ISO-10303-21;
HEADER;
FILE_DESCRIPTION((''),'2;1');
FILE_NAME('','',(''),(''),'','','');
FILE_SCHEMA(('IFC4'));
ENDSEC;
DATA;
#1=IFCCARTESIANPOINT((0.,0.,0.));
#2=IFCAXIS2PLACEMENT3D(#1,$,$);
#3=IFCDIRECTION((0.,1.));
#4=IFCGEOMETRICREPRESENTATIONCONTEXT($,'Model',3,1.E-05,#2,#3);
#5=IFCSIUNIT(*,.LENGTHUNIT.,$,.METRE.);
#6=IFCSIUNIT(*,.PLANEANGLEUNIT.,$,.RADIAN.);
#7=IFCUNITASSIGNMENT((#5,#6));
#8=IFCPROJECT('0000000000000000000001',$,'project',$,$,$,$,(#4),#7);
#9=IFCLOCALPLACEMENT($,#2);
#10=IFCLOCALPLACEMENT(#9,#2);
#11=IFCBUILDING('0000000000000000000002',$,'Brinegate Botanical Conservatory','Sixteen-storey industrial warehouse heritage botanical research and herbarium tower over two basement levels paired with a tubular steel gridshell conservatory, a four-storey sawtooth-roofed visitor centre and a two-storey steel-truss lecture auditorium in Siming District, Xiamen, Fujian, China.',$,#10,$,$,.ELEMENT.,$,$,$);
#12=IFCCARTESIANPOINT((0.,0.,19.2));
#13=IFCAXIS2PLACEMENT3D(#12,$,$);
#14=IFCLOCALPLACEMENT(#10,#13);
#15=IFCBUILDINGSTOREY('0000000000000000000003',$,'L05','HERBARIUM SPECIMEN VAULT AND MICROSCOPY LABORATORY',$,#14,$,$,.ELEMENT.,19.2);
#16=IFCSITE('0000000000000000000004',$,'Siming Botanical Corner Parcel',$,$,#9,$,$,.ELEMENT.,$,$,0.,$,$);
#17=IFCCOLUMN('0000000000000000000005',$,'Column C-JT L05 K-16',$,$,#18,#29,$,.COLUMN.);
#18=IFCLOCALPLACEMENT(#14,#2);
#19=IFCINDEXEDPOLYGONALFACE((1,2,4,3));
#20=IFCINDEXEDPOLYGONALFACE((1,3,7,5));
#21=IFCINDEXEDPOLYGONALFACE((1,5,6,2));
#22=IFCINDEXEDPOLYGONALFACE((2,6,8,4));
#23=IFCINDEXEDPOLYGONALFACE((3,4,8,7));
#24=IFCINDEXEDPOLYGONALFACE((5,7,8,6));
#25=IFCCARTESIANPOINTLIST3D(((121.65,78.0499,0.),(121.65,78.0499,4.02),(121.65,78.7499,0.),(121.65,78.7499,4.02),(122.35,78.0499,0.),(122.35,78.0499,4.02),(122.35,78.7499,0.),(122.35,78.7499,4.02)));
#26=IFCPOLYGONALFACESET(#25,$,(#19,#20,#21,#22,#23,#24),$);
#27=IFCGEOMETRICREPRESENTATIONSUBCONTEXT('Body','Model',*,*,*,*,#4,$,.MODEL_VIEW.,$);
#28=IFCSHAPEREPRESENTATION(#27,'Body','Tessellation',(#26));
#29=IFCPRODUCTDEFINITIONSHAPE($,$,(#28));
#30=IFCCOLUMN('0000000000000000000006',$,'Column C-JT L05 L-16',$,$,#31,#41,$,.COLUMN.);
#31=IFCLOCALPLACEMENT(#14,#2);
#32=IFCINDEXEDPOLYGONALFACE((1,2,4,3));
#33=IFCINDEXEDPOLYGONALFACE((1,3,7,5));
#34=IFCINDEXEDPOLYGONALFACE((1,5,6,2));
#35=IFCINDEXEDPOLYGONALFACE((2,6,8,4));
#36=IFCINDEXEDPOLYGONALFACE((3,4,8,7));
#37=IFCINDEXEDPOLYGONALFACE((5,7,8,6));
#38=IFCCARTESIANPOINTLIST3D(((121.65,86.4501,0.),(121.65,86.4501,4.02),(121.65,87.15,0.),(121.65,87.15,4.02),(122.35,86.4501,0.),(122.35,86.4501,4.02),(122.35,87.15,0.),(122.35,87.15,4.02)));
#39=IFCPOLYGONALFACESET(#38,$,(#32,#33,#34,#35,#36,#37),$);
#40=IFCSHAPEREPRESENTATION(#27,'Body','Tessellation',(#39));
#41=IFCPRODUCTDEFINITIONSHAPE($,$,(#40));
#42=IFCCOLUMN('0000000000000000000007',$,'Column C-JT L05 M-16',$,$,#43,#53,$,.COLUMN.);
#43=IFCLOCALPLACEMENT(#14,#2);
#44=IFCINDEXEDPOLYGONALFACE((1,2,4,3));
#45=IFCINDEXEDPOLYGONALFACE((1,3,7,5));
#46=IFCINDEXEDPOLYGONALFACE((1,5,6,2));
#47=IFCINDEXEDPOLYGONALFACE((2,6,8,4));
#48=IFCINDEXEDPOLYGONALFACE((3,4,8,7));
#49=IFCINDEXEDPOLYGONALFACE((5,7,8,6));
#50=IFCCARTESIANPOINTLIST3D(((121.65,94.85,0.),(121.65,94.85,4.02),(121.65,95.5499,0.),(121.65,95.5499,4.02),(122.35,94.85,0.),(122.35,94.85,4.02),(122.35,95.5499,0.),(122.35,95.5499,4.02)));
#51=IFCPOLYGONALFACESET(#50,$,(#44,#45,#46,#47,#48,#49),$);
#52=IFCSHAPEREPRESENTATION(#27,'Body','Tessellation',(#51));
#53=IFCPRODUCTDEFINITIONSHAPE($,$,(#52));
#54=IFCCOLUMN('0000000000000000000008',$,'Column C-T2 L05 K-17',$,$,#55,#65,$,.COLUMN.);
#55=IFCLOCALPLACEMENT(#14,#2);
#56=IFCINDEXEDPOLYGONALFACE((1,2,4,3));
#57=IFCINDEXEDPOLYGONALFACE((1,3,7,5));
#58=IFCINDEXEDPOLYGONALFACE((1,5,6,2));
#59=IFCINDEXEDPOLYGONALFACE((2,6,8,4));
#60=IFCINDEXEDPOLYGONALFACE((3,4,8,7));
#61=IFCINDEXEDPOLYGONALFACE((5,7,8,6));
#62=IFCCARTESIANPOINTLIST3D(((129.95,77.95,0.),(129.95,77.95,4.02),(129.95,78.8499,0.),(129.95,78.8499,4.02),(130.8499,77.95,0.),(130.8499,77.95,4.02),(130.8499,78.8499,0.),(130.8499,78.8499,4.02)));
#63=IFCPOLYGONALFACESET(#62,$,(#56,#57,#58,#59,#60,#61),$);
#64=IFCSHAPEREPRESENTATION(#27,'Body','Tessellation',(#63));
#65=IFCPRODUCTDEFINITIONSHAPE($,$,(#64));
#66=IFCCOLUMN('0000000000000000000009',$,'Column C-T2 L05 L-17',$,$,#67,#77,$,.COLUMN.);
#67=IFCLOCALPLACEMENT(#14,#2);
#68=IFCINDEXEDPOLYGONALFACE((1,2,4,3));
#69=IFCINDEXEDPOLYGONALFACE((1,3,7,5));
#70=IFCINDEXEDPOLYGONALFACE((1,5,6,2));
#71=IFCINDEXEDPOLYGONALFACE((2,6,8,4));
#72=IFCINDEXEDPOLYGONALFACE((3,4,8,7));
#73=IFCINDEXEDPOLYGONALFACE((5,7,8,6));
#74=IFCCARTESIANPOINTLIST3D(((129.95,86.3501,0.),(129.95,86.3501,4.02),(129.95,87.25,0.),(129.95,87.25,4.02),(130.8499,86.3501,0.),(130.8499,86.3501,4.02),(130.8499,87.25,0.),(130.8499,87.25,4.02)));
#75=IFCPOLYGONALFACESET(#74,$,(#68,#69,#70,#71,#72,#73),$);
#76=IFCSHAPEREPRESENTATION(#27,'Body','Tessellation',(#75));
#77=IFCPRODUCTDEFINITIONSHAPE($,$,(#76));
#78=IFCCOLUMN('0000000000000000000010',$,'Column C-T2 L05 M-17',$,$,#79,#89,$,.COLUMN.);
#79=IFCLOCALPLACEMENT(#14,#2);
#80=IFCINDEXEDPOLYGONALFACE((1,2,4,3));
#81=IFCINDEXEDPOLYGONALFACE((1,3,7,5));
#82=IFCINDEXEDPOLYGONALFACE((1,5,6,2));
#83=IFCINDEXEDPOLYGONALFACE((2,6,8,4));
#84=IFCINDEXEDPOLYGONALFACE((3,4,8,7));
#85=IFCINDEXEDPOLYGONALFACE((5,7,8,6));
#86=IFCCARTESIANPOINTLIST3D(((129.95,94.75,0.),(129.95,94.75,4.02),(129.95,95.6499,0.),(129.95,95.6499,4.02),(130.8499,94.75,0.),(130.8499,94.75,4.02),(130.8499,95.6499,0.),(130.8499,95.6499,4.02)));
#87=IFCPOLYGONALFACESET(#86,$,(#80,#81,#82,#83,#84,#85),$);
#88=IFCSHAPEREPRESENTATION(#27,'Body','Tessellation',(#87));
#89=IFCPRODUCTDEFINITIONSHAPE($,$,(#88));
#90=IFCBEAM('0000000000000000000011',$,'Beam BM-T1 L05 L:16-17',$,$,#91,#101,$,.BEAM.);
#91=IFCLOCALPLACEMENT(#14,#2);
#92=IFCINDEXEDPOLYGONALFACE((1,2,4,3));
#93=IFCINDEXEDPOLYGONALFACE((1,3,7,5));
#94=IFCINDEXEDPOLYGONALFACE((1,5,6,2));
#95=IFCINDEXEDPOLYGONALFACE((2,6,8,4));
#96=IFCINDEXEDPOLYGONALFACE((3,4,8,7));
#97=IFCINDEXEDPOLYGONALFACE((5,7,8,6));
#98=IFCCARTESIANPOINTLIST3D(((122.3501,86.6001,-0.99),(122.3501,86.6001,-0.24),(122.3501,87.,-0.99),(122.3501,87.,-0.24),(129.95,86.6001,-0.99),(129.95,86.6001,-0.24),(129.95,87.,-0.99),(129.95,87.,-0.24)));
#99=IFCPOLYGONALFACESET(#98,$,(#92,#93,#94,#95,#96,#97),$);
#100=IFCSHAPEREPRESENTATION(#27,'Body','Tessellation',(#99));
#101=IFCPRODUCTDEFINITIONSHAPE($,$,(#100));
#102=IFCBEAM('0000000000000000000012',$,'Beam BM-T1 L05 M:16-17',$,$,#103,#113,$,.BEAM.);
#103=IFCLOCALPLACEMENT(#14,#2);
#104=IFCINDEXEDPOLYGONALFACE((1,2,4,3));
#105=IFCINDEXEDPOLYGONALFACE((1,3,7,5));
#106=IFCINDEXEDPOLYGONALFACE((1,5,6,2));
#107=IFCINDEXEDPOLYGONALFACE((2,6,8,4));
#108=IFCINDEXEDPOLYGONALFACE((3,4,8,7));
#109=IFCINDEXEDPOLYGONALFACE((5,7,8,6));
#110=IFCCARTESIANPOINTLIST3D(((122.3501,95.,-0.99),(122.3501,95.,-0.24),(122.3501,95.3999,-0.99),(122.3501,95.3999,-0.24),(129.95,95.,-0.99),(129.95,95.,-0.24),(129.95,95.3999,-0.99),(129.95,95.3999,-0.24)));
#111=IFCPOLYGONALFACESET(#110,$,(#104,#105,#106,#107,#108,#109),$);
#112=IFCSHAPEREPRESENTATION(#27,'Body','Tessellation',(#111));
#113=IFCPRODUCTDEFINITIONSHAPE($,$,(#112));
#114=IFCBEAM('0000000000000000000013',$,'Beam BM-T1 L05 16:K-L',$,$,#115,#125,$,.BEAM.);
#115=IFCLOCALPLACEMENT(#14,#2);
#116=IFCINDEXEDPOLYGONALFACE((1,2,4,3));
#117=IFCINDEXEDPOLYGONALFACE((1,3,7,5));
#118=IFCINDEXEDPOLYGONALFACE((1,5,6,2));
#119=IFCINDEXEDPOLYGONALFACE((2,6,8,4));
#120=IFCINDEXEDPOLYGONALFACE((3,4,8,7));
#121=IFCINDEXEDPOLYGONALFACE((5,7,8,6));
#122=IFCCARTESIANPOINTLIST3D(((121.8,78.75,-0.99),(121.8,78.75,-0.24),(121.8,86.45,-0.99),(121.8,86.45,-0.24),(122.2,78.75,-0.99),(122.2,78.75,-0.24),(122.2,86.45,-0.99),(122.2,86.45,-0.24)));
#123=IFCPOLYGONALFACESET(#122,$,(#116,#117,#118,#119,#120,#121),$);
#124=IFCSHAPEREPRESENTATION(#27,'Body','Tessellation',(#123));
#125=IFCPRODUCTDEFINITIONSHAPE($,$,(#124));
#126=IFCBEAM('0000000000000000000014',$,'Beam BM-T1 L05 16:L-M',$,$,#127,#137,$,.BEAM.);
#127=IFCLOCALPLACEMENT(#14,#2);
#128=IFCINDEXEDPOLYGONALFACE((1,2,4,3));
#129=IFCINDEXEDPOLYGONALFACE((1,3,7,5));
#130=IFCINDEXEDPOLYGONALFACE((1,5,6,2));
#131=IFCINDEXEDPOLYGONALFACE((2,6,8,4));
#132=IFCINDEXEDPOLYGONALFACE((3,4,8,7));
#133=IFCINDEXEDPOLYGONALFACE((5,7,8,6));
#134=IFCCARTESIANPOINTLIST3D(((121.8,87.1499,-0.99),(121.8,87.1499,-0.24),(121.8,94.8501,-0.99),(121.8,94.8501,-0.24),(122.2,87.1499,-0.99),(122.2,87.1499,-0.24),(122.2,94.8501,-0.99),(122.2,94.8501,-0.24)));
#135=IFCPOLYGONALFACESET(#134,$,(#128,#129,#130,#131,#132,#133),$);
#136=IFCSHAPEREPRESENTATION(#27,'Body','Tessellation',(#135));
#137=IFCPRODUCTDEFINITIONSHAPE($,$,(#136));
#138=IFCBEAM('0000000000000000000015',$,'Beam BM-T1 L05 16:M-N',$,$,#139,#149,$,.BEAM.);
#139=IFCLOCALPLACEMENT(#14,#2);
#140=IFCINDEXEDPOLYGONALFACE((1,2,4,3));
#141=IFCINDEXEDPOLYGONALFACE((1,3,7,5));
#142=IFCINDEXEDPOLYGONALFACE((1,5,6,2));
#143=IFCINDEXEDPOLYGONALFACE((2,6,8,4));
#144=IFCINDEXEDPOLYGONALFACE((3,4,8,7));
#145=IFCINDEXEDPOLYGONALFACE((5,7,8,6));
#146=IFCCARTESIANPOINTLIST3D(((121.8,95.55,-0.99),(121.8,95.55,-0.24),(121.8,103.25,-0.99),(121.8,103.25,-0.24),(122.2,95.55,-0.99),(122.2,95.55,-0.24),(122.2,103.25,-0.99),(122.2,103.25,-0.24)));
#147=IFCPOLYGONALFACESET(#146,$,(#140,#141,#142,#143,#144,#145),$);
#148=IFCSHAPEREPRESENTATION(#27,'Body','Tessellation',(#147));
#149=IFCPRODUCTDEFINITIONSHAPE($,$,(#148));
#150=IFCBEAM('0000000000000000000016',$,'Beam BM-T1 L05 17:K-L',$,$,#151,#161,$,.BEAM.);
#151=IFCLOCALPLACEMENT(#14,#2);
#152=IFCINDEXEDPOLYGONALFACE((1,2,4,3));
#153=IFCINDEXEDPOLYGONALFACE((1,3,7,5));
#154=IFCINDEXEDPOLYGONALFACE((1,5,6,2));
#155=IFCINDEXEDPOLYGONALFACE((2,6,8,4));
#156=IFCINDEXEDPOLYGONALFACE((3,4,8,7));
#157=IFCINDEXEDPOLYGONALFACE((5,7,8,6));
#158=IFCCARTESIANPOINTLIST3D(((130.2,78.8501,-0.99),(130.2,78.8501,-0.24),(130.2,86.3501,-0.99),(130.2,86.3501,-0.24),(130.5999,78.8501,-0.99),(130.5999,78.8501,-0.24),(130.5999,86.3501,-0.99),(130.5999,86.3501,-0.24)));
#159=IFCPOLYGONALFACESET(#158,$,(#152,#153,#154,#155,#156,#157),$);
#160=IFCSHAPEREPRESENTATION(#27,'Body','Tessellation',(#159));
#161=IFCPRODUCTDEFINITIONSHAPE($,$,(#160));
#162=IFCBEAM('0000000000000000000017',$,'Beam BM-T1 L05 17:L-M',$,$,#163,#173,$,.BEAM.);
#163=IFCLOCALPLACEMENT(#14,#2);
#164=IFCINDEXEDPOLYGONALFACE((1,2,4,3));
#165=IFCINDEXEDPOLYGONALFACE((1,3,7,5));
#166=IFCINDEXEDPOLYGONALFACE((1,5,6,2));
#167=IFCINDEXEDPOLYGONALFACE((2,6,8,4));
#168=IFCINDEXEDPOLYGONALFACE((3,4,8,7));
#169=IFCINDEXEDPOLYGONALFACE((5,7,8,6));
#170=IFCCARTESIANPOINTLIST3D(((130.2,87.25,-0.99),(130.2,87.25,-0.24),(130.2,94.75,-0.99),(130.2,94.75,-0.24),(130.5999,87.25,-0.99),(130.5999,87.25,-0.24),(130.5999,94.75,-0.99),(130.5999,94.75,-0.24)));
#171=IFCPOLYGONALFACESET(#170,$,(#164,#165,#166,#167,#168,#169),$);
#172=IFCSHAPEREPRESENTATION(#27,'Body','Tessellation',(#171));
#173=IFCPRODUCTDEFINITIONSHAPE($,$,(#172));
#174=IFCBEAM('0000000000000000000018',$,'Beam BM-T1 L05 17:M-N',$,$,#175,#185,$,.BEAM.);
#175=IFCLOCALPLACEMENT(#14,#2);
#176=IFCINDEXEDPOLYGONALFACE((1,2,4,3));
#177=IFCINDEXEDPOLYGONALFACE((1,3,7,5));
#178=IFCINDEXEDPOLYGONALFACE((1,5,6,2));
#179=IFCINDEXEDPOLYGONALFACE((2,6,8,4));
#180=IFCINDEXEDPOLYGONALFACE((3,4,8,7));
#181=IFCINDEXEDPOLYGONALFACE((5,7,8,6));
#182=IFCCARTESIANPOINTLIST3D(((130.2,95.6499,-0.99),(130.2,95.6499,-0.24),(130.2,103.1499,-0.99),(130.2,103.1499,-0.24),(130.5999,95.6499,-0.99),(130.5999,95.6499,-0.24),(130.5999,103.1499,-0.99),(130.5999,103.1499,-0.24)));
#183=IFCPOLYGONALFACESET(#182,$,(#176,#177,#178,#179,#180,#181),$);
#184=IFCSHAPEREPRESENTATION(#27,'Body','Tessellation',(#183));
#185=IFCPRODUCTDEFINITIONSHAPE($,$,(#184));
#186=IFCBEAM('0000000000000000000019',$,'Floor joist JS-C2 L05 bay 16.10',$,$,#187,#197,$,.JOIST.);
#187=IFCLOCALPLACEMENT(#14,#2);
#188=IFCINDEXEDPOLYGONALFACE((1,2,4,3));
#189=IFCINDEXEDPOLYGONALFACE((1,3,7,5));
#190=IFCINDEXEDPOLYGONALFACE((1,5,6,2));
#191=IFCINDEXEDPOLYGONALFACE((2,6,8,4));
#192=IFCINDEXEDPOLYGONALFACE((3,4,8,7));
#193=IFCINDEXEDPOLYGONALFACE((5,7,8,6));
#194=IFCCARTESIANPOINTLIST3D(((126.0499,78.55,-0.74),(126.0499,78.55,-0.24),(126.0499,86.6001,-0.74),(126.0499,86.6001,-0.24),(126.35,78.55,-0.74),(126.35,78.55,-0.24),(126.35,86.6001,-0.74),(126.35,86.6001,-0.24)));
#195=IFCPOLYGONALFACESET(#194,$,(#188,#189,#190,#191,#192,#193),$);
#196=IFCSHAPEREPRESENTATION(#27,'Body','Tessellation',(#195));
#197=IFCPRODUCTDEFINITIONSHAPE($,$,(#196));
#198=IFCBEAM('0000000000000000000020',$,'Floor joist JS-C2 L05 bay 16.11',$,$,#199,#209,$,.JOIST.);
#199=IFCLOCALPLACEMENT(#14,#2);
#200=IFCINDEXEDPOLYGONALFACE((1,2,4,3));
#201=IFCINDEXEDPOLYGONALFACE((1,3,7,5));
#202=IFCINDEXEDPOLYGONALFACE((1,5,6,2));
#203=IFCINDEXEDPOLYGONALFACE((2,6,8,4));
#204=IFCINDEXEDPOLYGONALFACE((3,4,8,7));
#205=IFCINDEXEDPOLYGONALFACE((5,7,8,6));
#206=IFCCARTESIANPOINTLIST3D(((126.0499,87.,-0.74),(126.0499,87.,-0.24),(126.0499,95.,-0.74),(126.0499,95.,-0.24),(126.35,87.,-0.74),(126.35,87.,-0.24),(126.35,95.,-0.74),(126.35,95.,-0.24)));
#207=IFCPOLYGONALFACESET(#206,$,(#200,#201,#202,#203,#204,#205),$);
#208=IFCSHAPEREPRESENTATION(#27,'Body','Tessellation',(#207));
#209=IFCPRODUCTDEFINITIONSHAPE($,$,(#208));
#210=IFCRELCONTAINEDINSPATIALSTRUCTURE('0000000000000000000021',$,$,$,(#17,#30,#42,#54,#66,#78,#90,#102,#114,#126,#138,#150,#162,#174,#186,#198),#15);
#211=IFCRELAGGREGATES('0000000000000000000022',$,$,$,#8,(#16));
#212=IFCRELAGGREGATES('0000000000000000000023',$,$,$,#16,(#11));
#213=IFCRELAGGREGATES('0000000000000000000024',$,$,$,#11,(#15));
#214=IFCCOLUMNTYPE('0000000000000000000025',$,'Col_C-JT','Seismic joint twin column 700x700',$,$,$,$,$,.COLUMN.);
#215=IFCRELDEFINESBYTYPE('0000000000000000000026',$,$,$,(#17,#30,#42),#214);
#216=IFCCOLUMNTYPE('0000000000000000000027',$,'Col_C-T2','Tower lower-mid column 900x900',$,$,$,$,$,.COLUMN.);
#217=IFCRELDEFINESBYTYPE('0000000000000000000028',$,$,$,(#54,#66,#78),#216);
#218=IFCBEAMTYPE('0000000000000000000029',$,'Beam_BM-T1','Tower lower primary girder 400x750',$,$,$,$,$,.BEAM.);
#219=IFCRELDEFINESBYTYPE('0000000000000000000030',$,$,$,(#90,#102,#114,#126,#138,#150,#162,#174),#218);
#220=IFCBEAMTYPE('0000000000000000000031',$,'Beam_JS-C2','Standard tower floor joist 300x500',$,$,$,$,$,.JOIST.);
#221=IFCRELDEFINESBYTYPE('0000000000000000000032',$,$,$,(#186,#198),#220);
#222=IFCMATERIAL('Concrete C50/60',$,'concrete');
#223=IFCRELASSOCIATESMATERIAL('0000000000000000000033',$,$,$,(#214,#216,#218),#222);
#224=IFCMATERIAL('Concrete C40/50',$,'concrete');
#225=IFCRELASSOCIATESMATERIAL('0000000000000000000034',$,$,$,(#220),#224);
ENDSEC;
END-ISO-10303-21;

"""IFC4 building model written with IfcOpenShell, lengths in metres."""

from ifc_helpers import new_model, si_unit, direction, frame, origin, origin_2d, place, context, subcontext, project, spatial, rectangle, extrude, material, material_profile, profile_set, type_object, element, save


model = new_model("IFC4")

# Units and contexts
model_context = context("Model", 3, precision=1e-05, world=origin(), true_north=direction((0.0, 1.0)))
body_context = subcontext(model_context, "Body", "Model", "MODEL_VIEW")
ifc_project = project(units=[si_unit("LENGTHUNIT", "METRE"), si_unit("PLANEANGLEUNIT", "RADIAN")], contexts=[model_context])

# Site, building, storey
site_placement = place(None, origin())
site = spatial("IfcSite", under=ifc_project, at=site_placement, Name="Siming Botanical Corner Parcel", CompositionType="ELEMENT", RefElevation=0.0)
building_placement = place(site_placement, origin())
building = spatial("IfcBuilding", under=site, at=building_placement, Name="Brinegate Botanical Conservatory", Description="Sixteen-storey industrial warehouse heritage botanical research and herbarium tower over two basement levels paired with a tubular steel gridshell conservatory, a four-storey sawtooth-roofed visitor centre and a two-storey steel-truss lecture auditorium in Siming District, Xiamen, Fujian, China.", CompositionType="ELEMENT")
storey_placement = place(building_placement, frame((0.0, 0.0, 19.2)))
storey = spatial("IfcBuildingStorey", under=building, at=storey_placement, Name="L05", Description="HERBARIUM SPECIMEN VAULT AND MICROSCOPY LABORATORY", CompositionType="ELEMENT", Elevation=19.2)

# Columns
ifc_material_1 = material(Name="Concrete C50/60", Category="concrete")
ifc_material_profile_1 = material_profile(ifc_material_1, rectangle(XDim=0.7, YDim=0.7, at=origin_2d()), Name="RC COL 700x700")
ifc_profile_set_1 = profile_set([ifc_material_profile_1], Name="Concrete C50/60")
column_type_1 = type_object("IfcColumnType", Name="Col_C-JT", Description="Seismic joint twin column 700x700", PredefinedType="COLUMN", material=ifc_profile_set_1)
for number, where, z_axis, x_axis, name in (
    (1, (122.0, 78.3999, 0.0), (0.0, 0.0, 1.0), (1.0, 0.0, 0.0), "Column C-JT L05 K-16"),
    (2, (122.0, 86.8, 0.0), (0.0, 0.0, 1.0), (1.0, 0.0, 0.0), "Column C-JT L05 L-16"),
    (3, (122.0, 95.2, 0.0), (0.0, 0.0, 1.0), (1.0, 0.0, 0.0), "Column C-JT L05 M-16"),
):
    element("IfcColumn", number, at=place(storey_placement, frame(where, z_axis=z_axis, x_axis=x_axis)), inside=storey, type_object=column_type_1, Name=name, PredefinedType="COLUMN", context=body_context, shape_type="SweptSolid", body=[
        extrude(rectangle(XDim=0.7, YDim=0.7, at=origin_2d()), origin(), (0.0, 0.0, 1.0), 4.02),
    ])
ifc_material_profile_2 = material_profile(ifc_material_1, rectangle(XDim=0.8999, YDim=0.8999, at=origin_2d()), Name="RC COL 900x900")
ifc_profile_set_2 = profile_set([ifc_material_profile_2], Name="Concrete C50/60")
column_type_2 = type_object("IfcColumnType", Name="Col_C-T2", Description="Tower lower-mid column 900x900", PredefinedType="COLUMN", material=ifc_profile_set_2)
for number, where, z_axis, x_axis, name in (
    (4, (130.3999, 78.3999, 0.0), (0.0, 0.0, 1.0), (1.0, 0.0, 0.0), "Column C-T2 L05 K-17"),
    (5, (130.3999, 86.8, 0.0), (0.0, 0.0, 1.0), (1.0, 0.0, 0.0), "Column C-T2 L05 L-17"),
    (6, (130.3999, 95.2, 0.0), (0.0, 0.0, 1.0), (1.0, 0.0, 0.0), "Column C-T2 L05 M-17"),
):
    element("IfcColumn", number, at=place(storey_placement, frame(where, z_axis=z_axis, x_axis=x_axis)), inside=storey, type_object=column_type_2, Name=name, PredefinedType="COLUMN", context=body_context, shape_type="SweptSolid", body=[
        extrude(rectangle(XDim=0.8999, YDim=0.8999, at=origin_2d()), origin(), (0.0, 0.0, 1.0), 4.02),
    ])

# Beams
ifc_material_profile_3 = material_profile(ifc_material_1, rectangle(XDim=0.3999, YDim=0.75, at=origin_2d()), Name="RC BM 400x750")
ifc_profile_set_3 = profile_set([ifc_material_profile_3], Name="Concrete C50/60")
beam_type_1 = type_object("IfcBeamType", Name="Beam_BM-T1", Description="Tower lower primary girder 400x750", PredefinedType="BEAM", material=ifc_profile_set_3)
for number, where, z_axis, x_axis, name in (
    (7, (122.3501, 86.8, -0.615), (1.0, 0.0, 0.0), (0.0, 1.0, 0.0), "Beam BM-T1 L05 L:16-17"),
    (8, (122.3501, 95.2, -0.615), (1.0, 0.0, 0.0), (0.0, 1.0, 0.0), "Beam BM-T1 L05 M:16-17"),
):
    element("IfcBeam", number, at=place(storey_placement, frame(where, z_axis=z_axis, x_axis=x_axis)), inside=storey, type_object=beam_type_1, Name=name, PredefinedType="BEAM", context=body_context, shape_type="SweptSolid", body=[
        extrude(rectangle(XDim=0.3999, YDim=0.75, at=origin_2d()), origin(), (0.0, 0.0, 1.0), 7.5999),
    ])
beam_1_placement = place(storey_placement, frame((122.0, 78.75, -0.615), z_axis=(0.0, 1.0, 0.0), x_axis=(-1.0, 0.0, 0.0)))
element("IfcBeam", 9, at=beam_1_placement, inside=storey, type_object=beam_type_1, Name="Beam BM-T1 L05 16:K-L", PredefinedType="BEAM", context=body_context, shape_type="SweptSolid", body=[
    extrude(rectangle(XDim=0.3999, YDim=0.75, at=origin_2d()), origin(), (0.0, 0.0, 1.0), 7.7),
])
beam_2_placement = place(storey_placement, frame((122.0, 87.1499, -0.615), z_axis=(0.0, 1.0, 0.0), x_axis=(-1.0, 0.0, 0.0)))
element("IfcBeam", 10, at=beam_2_placement, inside=storey, type_object=beam_type_1, Name="Beam BM-T1 L05 16:L-M", PredefinedType="BEAM", context=body_context, shape_type="SweptSolid", body=[
    extrude(rectangle(XDim=0.3999, YDim=0.75, at=origin_2d()), origin(), (0.0, 0.0, 1.0), 7.7002),
])
beam_3_placement = place(storey_placement, frame((122.0, 95.55, -0.615), z_axis=(0.0, 1.0, 0.0), x_axis=(-1.0, 0.0, 0.0)))
element("IfcBeam", 11, at=beam_3_placement, inside=storey, type_object=beam_type_1, Name="Beam BM-T1 L05 16:M-N", PredefinedType="BEAM", context=body_context, shape_type="SweptSolid", body=[
    extrude(rectangle(XDim=0.3999, YDim=0.75, at=origin_2d()), origin(), (0.0, 0.0, 1.0), 7.7),
])
for number, where, z_axis, x_axis, name in (
    (12, (130.3999, 78.8501, -0.615), (0.0, 1.0, 0.0), (-1.0, 0.0, 0.0), "Beam BM-T1 L05 17:K-L"),
    (13, (130.3999, 87.25, -0.615), (0.0, 1.0, 0.0), (-1.0, 0.0, 0.0), "Beam BM-T1 L05 17:L-M"),
    (14, (130.3999, 95.6499, -0.615), (0.0, 1.0, 0.0), (-1.0, 0.0, 0.0), "Beam BM-T1 L05 17:M-N"),
):
    element("IfcBeam", number, at=place(storey_placement, frame(where, z_axis=z_axis, x_axis=x_axis)), inside=storey, type_object=beam_type_1, Name=name, PredefinedType="BEAM", context=body_context, shape_type="SweptSolid", body=[
        extrude(rectangle(XDim=0.3999, YDim=0.75, at=origin_2d()), origin(), (0.0, 0.0, 1.0), 7.5),
    ])
ifc_material_2 = material(Name="Concrete C40/50", Category="concrete")
ifc_material_profile_4 = material_profile(ifc_material_2, rectangle(XDim=0.3, YDim=0.5, at=origin_2d()), Name="RC JST 300x500")
ifc_profile_set_4 = profile_set([ifc_material_profile_4], Name="Concrete C40/50")
beam_type_2 = type_object("IfcBeamType", Name="Beam_JS-C2", Description="Standard tower floor joist 300x500", PredefinedType="JOIST", material=ifc_profile_set_4)
beam_4_placement = place(storey_placement, frame((126.2, 78.55, -0.49), z_axis=(0.0, 1.0, 0.0), x_axis=(-1.0, 0.0, 0.0)))
element("IfcBeam", 15, at=beam_4_placement, inside=storey, type_object=beam_type_2, Name="Floor joist JS-C2 L05 bay 16.10", PredefinedType="JOIST", context=body_context, shape_type="SweptSolid", body=[
    extrude(rectangle(XDim=0.3, YDim=0.5, at=origin_2d()), origin(), (0.0, 0.0, 1.0), 8.05),
])
for number, where, z_axis, x_axis, name in (
    (16, (126.2, 87.0, -0.49), (0.0, 1.0, 0.0), (-1.0, 0.0, 0.0), "Floor joist JS-C2 L05 bay 16.11"),
):
    element("IfcBeam", number, at=place(storey_placement, frame(where, z_axis=z_axis, x_axis=x_axis)), inside=storey, type_object=beam_type_2, Name=name, PredefinedType="JOIST", context=body_context, shape_type="SweptSolid", body=[
        extrude(rectangle(XDim=0.3, YDim=0.5, at=origin_2d()), origin(), (0.0, 0.0, 1.0), 8.0),
    ])

save(model, "model.ifc")
